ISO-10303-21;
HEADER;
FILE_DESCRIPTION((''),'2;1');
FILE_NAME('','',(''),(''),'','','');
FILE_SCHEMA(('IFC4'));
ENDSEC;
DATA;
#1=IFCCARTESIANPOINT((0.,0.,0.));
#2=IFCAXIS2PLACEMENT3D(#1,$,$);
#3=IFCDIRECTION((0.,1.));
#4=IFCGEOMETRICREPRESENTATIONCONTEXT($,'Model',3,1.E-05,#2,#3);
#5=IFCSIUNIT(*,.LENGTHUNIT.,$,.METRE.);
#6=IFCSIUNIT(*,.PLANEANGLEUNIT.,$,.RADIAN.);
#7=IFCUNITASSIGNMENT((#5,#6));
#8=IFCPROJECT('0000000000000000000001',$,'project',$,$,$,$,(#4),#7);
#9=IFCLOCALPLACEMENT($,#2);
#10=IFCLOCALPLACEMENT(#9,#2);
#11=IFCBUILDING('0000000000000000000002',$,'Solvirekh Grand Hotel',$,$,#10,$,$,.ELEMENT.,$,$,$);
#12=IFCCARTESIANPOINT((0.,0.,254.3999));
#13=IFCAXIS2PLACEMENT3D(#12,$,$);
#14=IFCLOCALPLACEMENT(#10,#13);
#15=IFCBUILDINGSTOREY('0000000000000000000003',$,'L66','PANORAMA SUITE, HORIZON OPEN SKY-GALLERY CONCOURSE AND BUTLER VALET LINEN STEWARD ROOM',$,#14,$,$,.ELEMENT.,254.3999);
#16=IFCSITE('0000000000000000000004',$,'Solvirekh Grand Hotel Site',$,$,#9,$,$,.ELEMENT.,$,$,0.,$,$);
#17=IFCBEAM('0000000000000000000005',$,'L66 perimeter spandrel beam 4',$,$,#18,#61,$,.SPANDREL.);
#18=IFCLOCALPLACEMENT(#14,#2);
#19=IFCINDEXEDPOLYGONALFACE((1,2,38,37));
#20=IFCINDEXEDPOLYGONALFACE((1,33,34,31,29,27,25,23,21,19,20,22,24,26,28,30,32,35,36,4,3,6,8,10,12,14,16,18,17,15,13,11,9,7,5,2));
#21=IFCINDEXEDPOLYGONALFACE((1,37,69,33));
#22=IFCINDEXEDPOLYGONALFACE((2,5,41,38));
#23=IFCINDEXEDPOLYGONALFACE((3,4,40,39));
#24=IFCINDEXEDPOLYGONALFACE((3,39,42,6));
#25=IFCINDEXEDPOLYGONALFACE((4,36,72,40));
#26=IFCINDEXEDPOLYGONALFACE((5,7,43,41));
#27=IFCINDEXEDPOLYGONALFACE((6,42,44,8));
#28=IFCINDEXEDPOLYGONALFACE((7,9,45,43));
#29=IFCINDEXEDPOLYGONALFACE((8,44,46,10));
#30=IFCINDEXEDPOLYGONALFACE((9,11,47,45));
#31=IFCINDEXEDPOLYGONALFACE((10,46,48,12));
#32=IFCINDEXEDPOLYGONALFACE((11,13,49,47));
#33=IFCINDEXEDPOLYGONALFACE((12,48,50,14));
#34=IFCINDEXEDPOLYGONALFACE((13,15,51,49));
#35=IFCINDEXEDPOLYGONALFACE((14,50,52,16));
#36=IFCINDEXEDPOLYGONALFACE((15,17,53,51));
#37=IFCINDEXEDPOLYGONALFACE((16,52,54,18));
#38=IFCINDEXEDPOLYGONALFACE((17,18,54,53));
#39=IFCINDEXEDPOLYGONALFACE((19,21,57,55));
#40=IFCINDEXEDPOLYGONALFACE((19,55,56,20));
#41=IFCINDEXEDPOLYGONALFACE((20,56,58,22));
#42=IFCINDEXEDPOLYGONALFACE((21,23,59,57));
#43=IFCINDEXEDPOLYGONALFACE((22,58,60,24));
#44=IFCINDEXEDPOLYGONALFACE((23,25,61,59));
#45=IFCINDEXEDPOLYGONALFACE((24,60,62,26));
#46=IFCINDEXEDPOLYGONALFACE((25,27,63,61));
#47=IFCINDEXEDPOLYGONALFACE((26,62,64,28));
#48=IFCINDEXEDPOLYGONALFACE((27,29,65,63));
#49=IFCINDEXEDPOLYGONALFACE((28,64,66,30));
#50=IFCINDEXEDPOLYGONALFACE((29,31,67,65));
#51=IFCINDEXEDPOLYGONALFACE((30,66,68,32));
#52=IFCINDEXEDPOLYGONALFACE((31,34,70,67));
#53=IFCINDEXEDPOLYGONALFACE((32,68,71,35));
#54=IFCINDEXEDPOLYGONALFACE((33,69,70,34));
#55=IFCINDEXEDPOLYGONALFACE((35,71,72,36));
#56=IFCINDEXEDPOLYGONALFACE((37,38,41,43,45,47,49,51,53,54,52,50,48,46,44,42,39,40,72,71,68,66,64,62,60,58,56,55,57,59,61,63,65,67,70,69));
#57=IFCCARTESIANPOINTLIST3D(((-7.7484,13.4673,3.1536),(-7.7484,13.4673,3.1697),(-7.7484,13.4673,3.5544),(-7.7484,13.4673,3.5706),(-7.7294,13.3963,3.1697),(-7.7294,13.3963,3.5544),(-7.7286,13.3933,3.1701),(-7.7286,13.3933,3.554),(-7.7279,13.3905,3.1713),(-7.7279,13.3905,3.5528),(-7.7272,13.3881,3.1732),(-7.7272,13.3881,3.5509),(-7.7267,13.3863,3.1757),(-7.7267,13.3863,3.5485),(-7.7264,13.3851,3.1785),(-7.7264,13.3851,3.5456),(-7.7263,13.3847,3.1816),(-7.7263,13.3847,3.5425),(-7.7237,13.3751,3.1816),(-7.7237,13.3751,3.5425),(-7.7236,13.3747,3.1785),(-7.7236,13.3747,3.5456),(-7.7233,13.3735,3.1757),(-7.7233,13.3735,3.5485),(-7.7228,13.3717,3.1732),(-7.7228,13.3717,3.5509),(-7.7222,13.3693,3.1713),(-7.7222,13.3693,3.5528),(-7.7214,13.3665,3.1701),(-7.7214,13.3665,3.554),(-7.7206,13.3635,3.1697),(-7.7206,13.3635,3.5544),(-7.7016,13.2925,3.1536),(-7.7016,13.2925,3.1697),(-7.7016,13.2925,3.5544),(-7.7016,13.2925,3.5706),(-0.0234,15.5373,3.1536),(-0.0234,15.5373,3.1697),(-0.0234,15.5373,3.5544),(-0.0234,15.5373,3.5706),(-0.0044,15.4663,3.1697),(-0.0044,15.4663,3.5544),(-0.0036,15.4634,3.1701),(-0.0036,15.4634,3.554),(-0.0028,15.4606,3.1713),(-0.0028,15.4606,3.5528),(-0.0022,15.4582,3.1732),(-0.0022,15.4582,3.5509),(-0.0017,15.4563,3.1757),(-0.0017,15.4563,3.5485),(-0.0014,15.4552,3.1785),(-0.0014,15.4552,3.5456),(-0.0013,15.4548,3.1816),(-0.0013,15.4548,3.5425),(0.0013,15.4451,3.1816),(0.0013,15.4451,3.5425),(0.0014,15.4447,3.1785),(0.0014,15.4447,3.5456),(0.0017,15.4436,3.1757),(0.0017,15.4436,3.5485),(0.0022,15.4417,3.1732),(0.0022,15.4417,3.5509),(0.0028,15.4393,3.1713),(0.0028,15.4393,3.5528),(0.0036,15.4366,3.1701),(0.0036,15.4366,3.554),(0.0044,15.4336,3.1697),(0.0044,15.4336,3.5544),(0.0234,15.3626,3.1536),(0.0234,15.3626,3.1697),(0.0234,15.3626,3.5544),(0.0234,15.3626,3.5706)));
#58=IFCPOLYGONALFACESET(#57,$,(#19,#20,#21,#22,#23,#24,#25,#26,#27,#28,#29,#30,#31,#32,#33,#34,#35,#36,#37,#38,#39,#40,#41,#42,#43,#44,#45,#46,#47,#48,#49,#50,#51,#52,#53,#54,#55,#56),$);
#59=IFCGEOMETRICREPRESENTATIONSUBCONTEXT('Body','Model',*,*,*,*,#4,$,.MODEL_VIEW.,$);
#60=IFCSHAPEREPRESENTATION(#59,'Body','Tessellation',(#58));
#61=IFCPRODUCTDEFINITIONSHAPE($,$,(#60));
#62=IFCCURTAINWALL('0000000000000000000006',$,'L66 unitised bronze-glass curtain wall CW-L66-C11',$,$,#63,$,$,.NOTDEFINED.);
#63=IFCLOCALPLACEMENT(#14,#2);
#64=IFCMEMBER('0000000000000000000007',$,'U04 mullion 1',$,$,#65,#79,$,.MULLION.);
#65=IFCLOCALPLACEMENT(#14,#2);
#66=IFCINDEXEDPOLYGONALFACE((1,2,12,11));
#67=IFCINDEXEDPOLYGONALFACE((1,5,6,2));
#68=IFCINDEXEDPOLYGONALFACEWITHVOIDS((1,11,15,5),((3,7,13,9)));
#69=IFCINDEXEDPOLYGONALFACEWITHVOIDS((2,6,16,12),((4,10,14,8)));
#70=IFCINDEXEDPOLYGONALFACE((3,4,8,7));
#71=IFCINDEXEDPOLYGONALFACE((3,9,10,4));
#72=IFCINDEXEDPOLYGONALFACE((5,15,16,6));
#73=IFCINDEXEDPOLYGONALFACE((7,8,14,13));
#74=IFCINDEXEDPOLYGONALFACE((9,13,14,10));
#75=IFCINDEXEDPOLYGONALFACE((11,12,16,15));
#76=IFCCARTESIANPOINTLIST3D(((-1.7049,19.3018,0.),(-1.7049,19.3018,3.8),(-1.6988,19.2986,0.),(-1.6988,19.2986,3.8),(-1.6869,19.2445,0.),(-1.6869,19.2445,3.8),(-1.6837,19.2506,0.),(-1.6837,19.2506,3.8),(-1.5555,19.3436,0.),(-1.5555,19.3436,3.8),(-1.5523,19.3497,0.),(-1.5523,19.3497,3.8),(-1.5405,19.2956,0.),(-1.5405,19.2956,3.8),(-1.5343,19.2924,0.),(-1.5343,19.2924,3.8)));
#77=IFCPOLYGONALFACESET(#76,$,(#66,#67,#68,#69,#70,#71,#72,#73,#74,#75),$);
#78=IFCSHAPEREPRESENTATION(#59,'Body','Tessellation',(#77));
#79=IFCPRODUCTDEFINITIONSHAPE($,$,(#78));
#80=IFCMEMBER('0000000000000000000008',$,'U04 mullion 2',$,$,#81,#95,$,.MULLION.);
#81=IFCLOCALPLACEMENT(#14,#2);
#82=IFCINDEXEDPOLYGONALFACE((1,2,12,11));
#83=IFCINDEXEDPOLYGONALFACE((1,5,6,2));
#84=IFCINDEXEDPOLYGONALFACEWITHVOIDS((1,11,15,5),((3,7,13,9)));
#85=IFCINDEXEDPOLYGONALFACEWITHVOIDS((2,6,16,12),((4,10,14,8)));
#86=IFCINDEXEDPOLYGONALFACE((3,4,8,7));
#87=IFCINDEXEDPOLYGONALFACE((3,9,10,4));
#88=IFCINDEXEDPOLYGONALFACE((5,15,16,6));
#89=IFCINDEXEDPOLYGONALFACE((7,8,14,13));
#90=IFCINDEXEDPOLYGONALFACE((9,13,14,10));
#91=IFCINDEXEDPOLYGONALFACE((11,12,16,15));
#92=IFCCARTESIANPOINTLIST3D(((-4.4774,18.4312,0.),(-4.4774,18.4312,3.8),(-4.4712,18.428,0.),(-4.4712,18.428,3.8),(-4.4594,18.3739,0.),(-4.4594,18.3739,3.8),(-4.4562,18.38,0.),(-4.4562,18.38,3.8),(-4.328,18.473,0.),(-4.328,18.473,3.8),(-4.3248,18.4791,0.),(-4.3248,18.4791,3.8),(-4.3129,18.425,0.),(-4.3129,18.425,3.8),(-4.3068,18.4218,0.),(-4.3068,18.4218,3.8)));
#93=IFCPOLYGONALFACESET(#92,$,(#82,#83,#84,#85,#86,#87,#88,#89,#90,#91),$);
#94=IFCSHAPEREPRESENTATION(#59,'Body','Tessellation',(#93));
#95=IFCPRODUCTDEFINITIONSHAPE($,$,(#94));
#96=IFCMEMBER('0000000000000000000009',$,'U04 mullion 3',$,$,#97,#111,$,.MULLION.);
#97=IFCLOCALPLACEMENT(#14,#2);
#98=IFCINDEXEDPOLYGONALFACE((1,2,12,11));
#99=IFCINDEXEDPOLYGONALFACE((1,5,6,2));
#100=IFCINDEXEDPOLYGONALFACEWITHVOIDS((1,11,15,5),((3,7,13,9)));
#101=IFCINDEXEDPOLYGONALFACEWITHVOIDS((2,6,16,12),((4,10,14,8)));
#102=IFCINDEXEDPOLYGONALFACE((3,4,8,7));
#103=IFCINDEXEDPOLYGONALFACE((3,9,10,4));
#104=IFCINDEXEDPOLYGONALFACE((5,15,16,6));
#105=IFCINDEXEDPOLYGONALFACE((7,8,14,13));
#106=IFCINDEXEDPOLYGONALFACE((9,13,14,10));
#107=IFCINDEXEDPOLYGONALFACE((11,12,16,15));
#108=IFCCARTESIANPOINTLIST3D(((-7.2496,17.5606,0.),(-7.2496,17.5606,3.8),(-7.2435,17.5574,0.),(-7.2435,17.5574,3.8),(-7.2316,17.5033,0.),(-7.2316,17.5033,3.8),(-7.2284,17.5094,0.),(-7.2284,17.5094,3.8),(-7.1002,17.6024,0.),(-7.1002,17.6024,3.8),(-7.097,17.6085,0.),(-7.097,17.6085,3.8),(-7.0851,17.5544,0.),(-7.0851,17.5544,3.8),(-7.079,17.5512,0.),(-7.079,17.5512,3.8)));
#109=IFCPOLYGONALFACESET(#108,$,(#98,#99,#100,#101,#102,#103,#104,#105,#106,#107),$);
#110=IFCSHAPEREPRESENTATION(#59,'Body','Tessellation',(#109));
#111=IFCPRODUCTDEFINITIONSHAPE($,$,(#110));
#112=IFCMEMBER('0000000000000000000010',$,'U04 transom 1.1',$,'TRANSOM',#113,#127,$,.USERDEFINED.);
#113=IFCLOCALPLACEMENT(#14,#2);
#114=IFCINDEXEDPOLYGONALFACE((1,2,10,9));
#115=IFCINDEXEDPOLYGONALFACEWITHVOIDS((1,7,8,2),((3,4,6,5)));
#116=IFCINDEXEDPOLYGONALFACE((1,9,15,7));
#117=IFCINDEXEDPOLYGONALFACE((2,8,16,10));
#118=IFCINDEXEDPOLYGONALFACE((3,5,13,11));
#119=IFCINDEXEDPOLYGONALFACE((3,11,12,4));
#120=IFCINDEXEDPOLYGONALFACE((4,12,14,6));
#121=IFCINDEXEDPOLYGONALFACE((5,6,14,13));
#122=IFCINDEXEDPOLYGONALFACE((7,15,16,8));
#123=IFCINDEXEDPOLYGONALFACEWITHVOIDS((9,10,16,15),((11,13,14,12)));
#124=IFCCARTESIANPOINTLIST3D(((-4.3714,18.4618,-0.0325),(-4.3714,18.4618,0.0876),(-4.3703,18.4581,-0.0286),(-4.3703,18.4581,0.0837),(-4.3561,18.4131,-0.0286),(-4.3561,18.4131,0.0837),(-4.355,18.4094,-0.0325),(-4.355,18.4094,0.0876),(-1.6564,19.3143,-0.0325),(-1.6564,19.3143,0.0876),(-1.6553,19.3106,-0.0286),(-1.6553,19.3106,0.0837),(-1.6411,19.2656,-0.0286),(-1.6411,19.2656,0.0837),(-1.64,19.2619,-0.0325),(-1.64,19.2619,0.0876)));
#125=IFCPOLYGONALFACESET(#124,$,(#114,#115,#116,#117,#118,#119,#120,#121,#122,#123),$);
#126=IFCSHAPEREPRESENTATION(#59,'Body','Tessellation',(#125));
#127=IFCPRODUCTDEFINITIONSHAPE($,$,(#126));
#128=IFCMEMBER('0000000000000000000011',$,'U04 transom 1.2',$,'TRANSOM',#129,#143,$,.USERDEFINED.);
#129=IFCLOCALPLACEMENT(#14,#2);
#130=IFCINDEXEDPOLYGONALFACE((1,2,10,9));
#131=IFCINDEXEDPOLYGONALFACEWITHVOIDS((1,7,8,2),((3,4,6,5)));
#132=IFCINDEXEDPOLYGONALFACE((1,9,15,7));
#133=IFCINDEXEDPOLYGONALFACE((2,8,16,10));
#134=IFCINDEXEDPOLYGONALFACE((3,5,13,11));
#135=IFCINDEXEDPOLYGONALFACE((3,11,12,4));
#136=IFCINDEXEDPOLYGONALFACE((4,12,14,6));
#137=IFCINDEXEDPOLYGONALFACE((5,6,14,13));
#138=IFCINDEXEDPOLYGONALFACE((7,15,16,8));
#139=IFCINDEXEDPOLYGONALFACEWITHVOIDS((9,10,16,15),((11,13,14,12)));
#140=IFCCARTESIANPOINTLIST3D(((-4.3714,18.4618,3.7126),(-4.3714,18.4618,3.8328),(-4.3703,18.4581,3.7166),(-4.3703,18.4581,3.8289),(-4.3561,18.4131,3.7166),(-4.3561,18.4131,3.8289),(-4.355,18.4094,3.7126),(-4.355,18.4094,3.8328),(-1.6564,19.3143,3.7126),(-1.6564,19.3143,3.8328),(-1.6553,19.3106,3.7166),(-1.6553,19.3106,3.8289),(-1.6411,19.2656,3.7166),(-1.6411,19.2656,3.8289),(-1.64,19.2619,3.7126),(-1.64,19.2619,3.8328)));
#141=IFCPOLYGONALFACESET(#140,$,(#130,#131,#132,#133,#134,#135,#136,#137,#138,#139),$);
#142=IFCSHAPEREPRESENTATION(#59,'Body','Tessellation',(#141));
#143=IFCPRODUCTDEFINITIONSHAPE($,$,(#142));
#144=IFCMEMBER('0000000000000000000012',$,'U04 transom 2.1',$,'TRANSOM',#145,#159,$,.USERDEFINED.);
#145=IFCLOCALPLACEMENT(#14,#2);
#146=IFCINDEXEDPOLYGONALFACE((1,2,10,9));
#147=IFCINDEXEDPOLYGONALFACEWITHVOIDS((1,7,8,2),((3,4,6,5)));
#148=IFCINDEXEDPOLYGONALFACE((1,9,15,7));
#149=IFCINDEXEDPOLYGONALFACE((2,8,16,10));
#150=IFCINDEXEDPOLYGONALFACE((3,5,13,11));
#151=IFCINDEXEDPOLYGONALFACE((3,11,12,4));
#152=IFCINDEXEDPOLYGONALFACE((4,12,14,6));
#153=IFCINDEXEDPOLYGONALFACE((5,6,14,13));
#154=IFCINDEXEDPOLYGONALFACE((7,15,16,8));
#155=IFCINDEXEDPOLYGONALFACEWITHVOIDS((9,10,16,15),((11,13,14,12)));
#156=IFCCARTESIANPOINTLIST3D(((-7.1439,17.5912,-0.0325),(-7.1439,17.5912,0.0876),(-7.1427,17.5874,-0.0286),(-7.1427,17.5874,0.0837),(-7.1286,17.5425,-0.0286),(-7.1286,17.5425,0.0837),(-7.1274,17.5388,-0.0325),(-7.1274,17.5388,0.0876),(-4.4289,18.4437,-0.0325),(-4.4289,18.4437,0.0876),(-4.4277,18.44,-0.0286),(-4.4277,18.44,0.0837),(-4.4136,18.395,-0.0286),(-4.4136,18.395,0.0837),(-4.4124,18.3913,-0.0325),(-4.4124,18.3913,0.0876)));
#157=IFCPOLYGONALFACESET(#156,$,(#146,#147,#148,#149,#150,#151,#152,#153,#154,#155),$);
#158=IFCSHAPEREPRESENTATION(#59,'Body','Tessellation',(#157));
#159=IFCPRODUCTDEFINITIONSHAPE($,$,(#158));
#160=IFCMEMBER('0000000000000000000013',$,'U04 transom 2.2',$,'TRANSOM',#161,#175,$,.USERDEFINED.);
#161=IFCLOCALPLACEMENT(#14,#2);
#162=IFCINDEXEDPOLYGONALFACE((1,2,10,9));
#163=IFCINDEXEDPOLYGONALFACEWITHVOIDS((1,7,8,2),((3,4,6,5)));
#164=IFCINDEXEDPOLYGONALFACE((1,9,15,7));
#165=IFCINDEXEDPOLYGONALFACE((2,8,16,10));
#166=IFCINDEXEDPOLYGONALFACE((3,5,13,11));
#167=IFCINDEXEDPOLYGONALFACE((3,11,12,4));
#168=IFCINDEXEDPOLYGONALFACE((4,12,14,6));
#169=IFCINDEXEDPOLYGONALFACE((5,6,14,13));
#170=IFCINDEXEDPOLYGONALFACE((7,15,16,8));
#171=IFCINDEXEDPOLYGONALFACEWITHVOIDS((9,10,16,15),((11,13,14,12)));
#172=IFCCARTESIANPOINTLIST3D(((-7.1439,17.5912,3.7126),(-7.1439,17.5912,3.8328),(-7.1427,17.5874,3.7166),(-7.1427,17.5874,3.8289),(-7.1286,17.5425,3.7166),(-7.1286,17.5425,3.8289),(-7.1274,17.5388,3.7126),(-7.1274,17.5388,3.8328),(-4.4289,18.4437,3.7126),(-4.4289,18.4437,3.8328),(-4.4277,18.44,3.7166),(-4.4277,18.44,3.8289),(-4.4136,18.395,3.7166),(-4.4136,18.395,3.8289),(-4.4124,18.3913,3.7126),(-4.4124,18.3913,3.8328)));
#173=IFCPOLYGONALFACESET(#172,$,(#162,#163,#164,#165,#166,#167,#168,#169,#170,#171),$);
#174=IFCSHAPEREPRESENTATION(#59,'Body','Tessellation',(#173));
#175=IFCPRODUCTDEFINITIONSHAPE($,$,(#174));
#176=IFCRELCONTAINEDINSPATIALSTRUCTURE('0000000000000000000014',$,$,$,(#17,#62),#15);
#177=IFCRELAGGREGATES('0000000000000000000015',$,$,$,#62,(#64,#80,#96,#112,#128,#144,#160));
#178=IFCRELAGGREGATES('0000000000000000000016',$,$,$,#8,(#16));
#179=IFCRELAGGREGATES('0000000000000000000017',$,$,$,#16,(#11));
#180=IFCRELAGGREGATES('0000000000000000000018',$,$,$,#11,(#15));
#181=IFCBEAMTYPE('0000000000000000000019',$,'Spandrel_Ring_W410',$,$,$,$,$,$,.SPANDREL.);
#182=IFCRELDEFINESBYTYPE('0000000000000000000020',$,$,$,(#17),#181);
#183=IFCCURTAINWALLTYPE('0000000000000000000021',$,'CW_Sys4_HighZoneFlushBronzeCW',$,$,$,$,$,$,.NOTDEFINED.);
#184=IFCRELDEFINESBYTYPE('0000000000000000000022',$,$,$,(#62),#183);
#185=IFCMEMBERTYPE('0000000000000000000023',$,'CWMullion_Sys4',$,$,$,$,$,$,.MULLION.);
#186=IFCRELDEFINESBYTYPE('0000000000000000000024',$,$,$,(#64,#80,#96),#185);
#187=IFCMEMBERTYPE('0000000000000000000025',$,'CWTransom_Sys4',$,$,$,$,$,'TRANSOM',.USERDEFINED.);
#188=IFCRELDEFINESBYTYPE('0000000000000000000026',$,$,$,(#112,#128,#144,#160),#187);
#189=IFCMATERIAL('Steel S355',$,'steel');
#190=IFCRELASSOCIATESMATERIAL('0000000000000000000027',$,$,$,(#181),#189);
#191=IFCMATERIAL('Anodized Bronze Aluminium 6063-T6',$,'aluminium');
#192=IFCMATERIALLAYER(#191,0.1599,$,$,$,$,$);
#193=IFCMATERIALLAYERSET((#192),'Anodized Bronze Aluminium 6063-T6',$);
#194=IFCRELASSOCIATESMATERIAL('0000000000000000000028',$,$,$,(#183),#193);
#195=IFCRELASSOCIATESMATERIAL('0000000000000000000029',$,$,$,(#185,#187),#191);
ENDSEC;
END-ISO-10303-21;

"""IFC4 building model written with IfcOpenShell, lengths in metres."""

from ifc_helpers import new_model, si_unit, direction, frame, origin, origin_2d, place, context, subcontext, project, spatial, hollow_rectangle, i_section, extrude, source, transform, mapped, material, layer, layer_set, material_profile, profile_set, type_object, element, aggregate, save


model = new_model("IFC4")

# Units and contexts
model_context = context("Model", 3, precision=1e-05, world=origin(), true_north=direction((0.0, 1.0)))
body_context = subcontext(model_context, "Body", "Model", "MODEL_VIEW")
ifc_project = project(units=[si_unit("LENGTHUNIT", "METRE"), si_unit("PLANEANGLEUNIT", "RADIAN")], contexts=[model_context])

# Site, building, storey
site_placement = place(None, origin())
site = spatial("IfcSite", under=ifc_project, at=site_placement, Name="Solvirekh Grand Hotel Site", CompositionType="ELEMENT", RefElevation=0.0)
building_placement = place(site_placement, origin())
building = spatial("IfcBuilding", under=site, at=building_placement, Name="Solvirekh Grand Hotel", CompositionType="ELEMENT")
storey_placement = place(building_placement, frame((0.0, 0.0, 254.3999)))
storey = spatial("IfcBuildingStorey", under=building, at=storey_placement, Name="L66", Description="PANORAMA SUITE, HORIZON OPEN SKY-GALLERY CONCOURSE AND BUTLER VALET LINEN STEWARD ROOM", CompositionType="ELEMENT", Elevation=254.3999)

# Beam
ifc_material_1 = material(Name="Steel S355", Category="steel")
ifc_material_profile_1 = material_profile(ifc_material_1, i_section(OverallWidth=0.1809, OverallDepth=0.417, WebThickness=0.01, FlangeThickness=0.0161, FilletRadius=0.012, at=origin_2d()), Name="W410X85")
ifc_profile_set_1 = profile_set([ifc_material_profile_1], Name="Steel S355")
beam_type_1 = type_object("IfcBeamType", Name="Spandrel_Ring_W410", PredefinedType="SPANDREL", material=ifc_profile_set_1)
beam_1_placement = place(storey_placement, frame((0.0, 15.45, 3.3621), z_axis=(-0.965922, -0.258835, 0.0), x_axis=(0.258835, -0.965922, 0.0)))
element("IfcBeam", 1, at=beam_1_placement, inside=storey, type_object=beam_type_1, Name="L66 perimeter spandrel beam 4", PredefinedType="SPANDREL", context=body_context, shape_type="SweptSolid", body=[
    extrude(i_section(OverallWidth=0.1809, OverallDepth=0.417, WebThickness=0.01, FlangeThickness=0.0161, FilletRadius=0.012, at=origin_2d()), origin(), (0.0, 0.0, 1.0), 7.9976),
])

# Curtain wall, members
ifc_material_2 = material(Name="Anodized Bronze Aluminium 6063-T6", Category="aluminium")
ifc_layer_1 = layer(ifc_material_2, 0.1599)
ifc_layer_set_1 = layer_set([ifc_layer_1], Name="Anodized Bronze Aluminium 6063-T6")
curtain_wall_type = type_object("IfcCurtainWallType", Name="CW_Sys4_HighZoneFlushBronzeCW", PredefinedType="NOTDEFINED", material=ifc_layer_set_1)
curtain_wall_placement = place(storey_placement, origin())
curtain_wall = element("IfcCurtainWall", 2, at=curtain_wall_placement, inside=storey, type_object=curtain_wall_type, Name="L66 unitised bronze-glass curtain wall CW-L66-C11", PredefinedType="NOTDEFINED")
ifc_material_profile_2 = material_profile(ifc_material_2, hollow_rectangle(XDim=0.0601, YDim=0.1599, WallThickness=0.0049, at=origin_2d()), Name="ALU RHS 160X60X5")
ifc_profile_set_2 = profile_set([ifc_material_profile_2], Name="Anodized Bronze Aluminium 6063-T6")
member_type_1 = type_object("IfcMemberType", Name="CWMullion_Sys4", PredefinedType="MULLION", material=ifc_profile_set_2)
shared_shape_1 = source(origin(), body_context, "Body", "SweptSolid", [
    extrude(hollow_rectangle(XDim=0.0601, YDim=0.1599, WallThickness=0.0049, at=origin_2d()), origin(), (0.0, 0.0, 1.0), 3.8),
])
member_1_placement = place(storey_placement, frame((-1.6196, 19.2971, 0.0), z_axis=(0.0, 0.0, 1.0), x_axis=(0.299574, -0.954073, 0.0)))
member_1 = element("IfcMember", 3, at=member_1_placement, type_object=member_type_1, Name="U04 mullion 1", PredefinedType="MULLION", context=body_context, shape_type="MappedRepresentation", body=[
    mapped(shared_shape_1, transform((0.0, 0.0, 0.0), x_axis=(1.0, 0.0, 0.0), y_axis=(0.0, 1.0, 0.0), z_axis=(0.0, 0.0, 1.0), scale=1.0)),
])
member_2_placement = place(storey_placement, frame((-4.3921, 18.4265, 0.0), z_axis=(0.0, 0.0, 1.0), x_axis=(0.299574, -0.954073, 0.0)))
member_2 = element("IfcMember", 4, at=member_2_placement, type_object=member_type_1, Name="U04 mullion 2", PredefinedType="MULLION", context=body_context, shape_type="MappedRepresentation", body=[
    mapped(shared_shape_1, transform((0.0, 0.0, 0.0), x_axis=(1.0, 0.0, 0.0), y_axis=(0.0, 1.0, 0.0), z_axis=(0.0, 0.0, 1.0), scale=1.0)),
])
member_3_placement = place(storey_placement, frame((-7.1643, 17.5559, 0.0), z_axis=(0.0, 0.0, 1.0), x_axis=(0.299574, -0.954073, 0.0)))
member_3 = element("IfcMember", 5, at=member_3_placement, type_object=member_type_1, Name="U04 mullion 3", PredefinedType="MULLION", context=body_context, shape_type="MappedRepresentation", body=[
    mapped(shared_shape_1, transform((0.0, 0.0, 0.0), x_axis=(1.0, 0.0, 0.0), y_axis=(0.0, 1.0, 0.0), z_axis=(0.0, 0.0, 1.0), scale=1.0)),
])
ifc_material_profile_3 = material_profile(ifc_material_2, hollow_rectangle(XDim=0.0549, YDim=0.1201, WallThickness=0.0039, at=origin_2d()), Name="ALU RHS 120X55X4")
ifc_profile_set_3 = profile_set([ifc_material_profile_3], Name="Anodized Bronze Aluminium 6063-T6")
member_type_2 = type_object("IfcMemberType", Name="CWTransom_Sys4", ElementType="TRANSOM", PredefinedType="USERDEFINED", material=ifc_profile_set_3)
shared_shape_2 = source(origin(), body_context, "Body", "SweptSolid", [
    extrude(hollow_rectangle(XDim=0.0549, YDim=0.1201, WallThickness=0.0039, at=origin_2d()), origin(), (0.0, 0.0, 1.0), 2.8457),
])
member_4_placement = place(storey_placement, frame((-1.6482, 19.2881, 0.0276), z_axis=(-0.954072, -0.299579, 0.0), x_axis=(0.299579, -0.954072, 0.0)))
member_4 = element("IfcMember", 6, at=member_4_placement, type_object=member_type_2, Name="U04 transom 1.1", ObjectType="TRANSOM", PredefinedType="USERDEFINED", context=body_context, shape_type="MappedRepresentation", body=[
    mapped(shared_shape_2, transform((0.0, 0.0, 0.0), x_axis=(1.0, 0.0, 0.0), y_axis=(0.0, 1.0, 0.0), z_axis=(0.0, 0.0, 1.0), scale=1.0)),
])
member_5_placement = place(storey_placement, frame((-1.6482, 19.2881, 3.7727), z_axis=(-0.954072, -0.299579, 0.0), x_axis=(0.299579, -0.954072, 0.0)))
member_5 = element("IfcMember", 7, at=member_5_placement, type_object=member_type_2, Name="U04 transom 1.2", ObjectType="TRANSOM", PredefinedType="USERDEFINED", context=body_context, shape_type="MappedRepresentation", body=[
    mapped(shared_shape_2, transform((0.0, 0.0, 0.0), x_axis=(1.0, 0.0, 0.0), y_axis=(0.0, 1.0, 0.0), z_axis=(0.0, 0.0, 1.0), scale=1.0)),
])
member_6_placement = place(storey_placement, frame((-4.4207, 18.4175, 0.0276), z_axis=(-0.954072, -0.299579, 0.0), x_axis=(0.299579, -0.954072, 0.0)))
member_6 = element("IfcMember", 8, at=member_6_placement, type_object=member_type_2, Name="U04 transom 2.1", ObjectType="TRANSOM", PredefinedType="USERDEFINED", context=body_context, shape_type="MappedRepresentation", body=[
    mapped(shared_shape_2, transform((0.0, 0.0, 0.0), x_axis=(1.0, 0.0, 0.0), y_axis=(0.0, 1.0, 0.0), z_axis=(0.0, 0.0, 1.0), scale=1.0)),
])
member_7_placement = place(storey_placement, frame((-4.4207, 18.4175, 3.7727), z_axis=(-0.954072, -0.299579, 0.0), x_axis=(0.299579, -0.954072, 0.0)))
member_7 = element("IfcMember", 9, at=member_7_placement, type_object=member_type_2, Name="U04 transom 2.2", ObjectType="TRANSOM", PredefinedType="USERDEFINED", context=body_context, shape_type="MappedRepresentation", body=[
    mapped(shared_shape_2, transform((0.0, 0.0, 0.0), x_axis=(1.0, 0.0, 0.0), y_axis=(0.0, 1.0, 0.0), z_axis=(0.0, 0.0, 1.0), scale=1.0)),
])
aggregate(curtain_wall, [member_1, member_2, member_3, member_4, member_5, member_6, member_7])

save(model, "model.ifc")
